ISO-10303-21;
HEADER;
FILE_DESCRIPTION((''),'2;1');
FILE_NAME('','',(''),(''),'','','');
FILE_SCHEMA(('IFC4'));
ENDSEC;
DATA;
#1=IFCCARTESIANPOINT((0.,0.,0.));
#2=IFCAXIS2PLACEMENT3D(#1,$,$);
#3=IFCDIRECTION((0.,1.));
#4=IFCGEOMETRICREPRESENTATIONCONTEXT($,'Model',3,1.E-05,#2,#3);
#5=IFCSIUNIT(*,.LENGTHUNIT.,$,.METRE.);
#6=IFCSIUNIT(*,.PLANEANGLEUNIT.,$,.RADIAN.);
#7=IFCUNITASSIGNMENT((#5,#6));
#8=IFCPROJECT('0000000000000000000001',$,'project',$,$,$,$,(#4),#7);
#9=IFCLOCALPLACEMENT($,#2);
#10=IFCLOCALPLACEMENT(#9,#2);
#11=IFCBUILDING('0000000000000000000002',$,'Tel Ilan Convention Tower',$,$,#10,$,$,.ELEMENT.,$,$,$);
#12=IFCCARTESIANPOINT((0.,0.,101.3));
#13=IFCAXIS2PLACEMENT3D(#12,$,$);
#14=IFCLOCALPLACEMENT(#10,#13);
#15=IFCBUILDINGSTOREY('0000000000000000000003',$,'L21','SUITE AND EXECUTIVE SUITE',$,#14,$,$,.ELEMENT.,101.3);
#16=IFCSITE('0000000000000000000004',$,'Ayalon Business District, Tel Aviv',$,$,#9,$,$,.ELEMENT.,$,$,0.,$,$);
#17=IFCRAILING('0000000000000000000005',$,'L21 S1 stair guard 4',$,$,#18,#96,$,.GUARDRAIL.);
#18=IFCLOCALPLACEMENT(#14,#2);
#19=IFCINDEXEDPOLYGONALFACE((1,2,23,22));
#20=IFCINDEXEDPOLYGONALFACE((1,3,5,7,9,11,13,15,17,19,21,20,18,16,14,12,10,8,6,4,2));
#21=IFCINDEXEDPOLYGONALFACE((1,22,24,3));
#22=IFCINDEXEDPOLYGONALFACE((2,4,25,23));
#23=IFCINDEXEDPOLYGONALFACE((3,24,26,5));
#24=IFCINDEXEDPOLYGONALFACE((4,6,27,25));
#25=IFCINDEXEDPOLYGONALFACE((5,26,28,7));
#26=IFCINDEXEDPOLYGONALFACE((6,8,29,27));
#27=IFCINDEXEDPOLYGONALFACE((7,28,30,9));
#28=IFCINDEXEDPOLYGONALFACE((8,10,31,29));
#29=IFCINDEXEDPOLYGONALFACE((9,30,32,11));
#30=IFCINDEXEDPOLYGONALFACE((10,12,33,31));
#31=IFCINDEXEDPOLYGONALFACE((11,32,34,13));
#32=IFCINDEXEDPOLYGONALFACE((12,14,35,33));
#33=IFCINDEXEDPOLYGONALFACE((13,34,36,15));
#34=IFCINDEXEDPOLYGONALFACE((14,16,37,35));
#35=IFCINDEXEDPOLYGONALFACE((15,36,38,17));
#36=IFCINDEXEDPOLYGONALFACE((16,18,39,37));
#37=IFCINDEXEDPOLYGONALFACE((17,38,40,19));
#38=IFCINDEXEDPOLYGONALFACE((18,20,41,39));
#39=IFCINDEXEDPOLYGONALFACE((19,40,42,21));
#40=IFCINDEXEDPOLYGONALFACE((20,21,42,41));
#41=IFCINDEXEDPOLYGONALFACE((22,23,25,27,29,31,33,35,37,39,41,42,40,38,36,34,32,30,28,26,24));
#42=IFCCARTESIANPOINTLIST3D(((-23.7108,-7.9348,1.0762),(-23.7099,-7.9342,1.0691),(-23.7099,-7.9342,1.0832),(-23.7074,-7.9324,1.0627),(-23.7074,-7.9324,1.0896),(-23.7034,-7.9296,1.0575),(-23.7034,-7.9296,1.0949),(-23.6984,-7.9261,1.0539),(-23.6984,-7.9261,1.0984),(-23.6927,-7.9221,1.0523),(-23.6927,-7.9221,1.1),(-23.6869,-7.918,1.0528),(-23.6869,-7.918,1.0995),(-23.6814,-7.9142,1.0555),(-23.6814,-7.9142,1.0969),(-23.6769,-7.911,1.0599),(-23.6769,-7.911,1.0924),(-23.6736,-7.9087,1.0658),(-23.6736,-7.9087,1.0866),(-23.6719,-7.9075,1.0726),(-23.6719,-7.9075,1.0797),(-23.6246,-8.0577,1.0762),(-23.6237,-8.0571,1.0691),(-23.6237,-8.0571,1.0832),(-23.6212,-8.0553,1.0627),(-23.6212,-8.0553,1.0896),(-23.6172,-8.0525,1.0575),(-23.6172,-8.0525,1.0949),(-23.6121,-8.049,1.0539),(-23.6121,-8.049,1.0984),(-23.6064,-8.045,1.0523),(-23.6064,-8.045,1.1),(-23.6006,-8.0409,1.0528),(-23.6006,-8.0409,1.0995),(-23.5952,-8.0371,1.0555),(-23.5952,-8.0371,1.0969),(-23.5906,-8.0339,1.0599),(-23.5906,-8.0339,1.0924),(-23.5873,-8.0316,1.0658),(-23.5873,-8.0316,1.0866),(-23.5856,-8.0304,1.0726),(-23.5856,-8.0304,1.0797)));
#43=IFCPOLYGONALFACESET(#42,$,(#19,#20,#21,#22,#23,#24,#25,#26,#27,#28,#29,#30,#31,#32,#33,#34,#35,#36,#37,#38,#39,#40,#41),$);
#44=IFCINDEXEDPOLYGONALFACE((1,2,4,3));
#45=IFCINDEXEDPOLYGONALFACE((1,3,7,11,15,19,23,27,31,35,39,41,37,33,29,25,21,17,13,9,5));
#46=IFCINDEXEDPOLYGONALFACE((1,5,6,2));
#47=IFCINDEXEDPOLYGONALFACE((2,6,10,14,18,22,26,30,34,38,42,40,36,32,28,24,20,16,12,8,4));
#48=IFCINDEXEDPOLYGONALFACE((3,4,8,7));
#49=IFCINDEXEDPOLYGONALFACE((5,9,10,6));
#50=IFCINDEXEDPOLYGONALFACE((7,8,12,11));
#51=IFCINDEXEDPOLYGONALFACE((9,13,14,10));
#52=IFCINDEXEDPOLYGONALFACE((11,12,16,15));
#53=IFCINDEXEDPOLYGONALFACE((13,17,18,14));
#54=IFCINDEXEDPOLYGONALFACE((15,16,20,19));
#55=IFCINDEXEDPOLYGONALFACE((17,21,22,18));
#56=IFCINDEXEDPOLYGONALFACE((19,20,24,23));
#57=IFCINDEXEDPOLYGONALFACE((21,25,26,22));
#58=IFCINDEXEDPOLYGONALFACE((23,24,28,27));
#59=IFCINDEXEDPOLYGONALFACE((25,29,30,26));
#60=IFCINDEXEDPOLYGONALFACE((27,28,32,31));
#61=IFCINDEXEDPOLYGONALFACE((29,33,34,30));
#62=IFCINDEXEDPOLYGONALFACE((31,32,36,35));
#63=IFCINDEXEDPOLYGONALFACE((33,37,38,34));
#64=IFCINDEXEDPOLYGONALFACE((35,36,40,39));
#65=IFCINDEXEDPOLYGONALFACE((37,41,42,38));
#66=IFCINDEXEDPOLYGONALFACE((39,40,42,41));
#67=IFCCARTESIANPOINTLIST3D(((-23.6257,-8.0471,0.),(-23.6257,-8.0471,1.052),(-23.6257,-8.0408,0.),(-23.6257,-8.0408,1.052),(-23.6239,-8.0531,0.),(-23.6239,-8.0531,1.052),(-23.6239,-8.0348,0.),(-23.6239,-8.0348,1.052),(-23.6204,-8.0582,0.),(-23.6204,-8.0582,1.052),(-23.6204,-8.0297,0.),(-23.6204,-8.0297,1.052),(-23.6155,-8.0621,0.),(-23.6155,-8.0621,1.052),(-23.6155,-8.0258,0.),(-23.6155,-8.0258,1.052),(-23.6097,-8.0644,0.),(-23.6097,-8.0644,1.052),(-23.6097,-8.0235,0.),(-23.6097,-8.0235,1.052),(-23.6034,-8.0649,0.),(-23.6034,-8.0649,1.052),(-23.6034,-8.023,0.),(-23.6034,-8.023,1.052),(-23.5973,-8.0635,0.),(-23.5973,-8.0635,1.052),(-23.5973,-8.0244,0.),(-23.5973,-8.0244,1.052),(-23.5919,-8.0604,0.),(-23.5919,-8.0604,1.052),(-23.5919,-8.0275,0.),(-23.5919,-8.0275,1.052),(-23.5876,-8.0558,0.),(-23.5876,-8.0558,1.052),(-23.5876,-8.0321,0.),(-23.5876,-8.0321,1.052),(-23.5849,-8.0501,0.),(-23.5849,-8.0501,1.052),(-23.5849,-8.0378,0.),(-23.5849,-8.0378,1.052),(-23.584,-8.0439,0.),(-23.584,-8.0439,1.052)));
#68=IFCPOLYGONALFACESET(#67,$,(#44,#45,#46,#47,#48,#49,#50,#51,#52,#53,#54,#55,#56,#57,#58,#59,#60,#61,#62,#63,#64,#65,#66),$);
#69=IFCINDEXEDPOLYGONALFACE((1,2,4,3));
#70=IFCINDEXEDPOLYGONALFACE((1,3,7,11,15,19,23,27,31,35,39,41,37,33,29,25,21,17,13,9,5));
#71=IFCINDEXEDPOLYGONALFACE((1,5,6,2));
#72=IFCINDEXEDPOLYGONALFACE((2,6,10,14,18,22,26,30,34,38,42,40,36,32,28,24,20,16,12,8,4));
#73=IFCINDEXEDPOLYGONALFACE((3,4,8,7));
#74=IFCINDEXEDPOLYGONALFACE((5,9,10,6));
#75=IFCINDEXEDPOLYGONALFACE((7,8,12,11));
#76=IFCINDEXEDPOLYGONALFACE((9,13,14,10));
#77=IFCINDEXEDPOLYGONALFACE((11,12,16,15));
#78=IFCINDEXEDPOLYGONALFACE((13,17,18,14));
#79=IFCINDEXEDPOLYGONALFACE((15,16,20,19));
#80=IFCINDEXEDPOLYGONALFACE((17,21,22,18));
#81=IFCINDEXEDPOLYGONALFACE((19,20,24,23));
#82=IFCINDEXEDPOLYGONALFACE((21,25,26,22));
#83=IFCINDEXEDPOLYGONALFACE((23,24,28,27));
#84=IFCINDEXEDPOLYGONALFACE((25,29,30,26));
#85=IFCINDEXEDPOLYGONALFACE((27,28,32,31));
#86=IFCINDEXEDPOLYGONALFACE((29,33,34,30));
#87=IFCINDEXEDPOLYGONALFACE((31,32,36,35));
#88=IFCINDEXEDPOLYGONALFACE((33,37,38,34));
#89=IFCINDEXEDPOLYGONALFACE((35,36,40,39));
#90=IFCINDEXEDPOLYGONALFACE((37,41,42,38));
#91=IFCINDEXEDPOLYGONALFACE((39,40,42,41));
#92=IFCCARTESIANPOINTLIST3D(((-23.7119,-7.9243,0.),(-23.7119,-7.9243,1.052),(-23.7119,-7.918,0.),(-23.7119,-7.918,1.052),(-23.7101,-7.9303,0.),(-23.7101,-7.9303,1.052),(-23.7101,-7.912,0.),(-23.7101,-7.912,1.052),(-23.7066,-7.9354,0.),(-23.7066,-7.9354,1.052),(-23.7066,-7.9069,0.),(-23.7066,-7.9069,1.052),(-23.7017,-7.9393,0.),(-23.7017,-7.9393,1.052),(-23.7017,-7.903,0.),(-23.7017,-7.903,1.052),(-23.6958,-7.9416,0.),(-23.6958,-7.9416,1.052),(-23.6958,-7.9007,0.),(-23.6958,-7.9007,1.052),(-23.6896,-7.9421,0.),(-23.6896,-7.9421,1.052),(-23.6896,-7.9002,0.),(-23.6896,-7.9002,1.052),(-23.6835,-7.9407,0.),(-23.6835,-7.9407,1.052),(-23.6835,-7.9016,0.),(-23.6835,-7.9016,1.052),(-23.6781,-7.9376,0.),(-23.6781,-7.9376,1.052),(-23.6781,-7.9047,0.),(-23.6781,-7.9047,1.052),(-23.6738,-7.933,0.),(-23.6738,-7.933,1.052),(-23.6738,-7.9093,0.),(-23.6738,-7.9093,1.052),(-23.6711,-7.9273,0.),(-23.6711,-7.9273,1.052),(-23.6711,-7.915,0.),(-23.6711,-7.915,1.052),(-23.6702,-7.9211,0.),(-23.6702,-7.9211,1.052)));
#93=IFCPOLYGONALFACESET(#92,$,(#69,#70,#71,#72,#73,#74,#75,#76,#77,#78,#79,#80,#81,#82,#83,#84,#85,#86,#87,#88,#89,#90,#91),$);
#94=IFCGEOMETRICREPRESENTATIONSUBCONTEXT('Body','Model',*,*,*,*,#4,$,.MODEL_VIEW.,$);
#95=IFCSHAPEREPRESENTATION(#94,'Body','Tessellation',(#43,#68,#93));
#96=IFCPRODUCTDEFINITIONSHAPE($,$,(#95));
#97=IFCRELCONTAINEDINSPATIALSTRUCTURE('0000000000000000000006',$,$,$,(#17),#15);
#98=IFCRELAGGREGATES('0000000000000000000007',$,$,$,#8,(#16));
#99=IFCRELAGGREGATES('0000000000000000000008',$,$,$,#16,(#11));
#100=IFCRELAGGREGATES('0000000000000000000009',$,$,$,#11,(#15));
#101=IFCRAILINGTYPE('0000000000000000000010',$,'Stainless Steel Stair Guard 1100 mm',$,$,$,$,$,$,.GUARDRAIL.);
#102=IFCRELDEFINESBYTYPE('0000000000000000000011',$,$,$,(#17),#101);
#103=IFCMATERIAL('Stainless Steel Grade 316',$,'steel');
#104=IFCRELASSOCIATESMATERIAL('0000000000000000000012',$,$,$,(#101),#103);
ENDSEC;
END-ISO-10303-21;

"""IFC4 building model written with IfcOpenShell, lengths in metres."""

from ifc_helpers import new_model, si_unit, direction, frame, origin, origin_2d, place, context, subcontext, project, spatial, circle, extrude, material, type_object, element, save


model = new_model("IFC4")

# Units and contexts
model_context = context("Model", 3, precision=1e-05, world=origin(), true_north=direction((0.0, 1.0)))
body_context = subcontext(model_context, "Body", "Model", "MODEL_VIEW")
ifc_project = project(units=[si_unit("LENGTHUNIT", "METRE"), si_unit("PLANEANGLEUNIT", "RADIAN")], contexts=[model_context])

# Site, building, storey
site_placement = place(None, origin())
site = spatial("IfcSite", under=ifc_project, at=site_placement, Name="Ayalon Business District, Tel Aviv", CompositionType="ELEMENT", RefElevation=0.0)
building_placement = place(site_placement, origin())
building = spatial("IfcBuilding", under=site, at=building_placement, Name="Tel Ilan Convention Tower", CompositionType="ELEMENT")
storey_placement = place(building_placement, frame((0.0, 0.0, 101.3)))
storey = spatial("IfcBuildingStorey", under=building, at=storey_placement, Name="L21", Description="SUITE AND EXECUTIVE SUITE", CompositionType="ELEMENT", Elevation=101.3)

# Railing
ifc_material_1 = material(Name="Stainless Steel Grade 316", Category="steel")
railing_type_1 = type_object("IfcRailingType", Name="Stainless Steel Stair Guard 1100 mm", PredefinedType="GUARDRAIL", material=ifc_material_1)
railing_1_placement = place(storey_placement, frame((-23.605, -8.0439, 0.0)))
element("IfcRailing", 1, at=railing_1_placement, inside=storey, type_object=railing_type_1, Name="L21 S1 stair guard 4", PredefinedType="GUARDRAIL", context=body_context, shape_type="SweptSolid", body=[
    extrude(circle(Radius=0.0239, at=origin_2d()), frame((0.0, 0.0, 1.0762), z_axis=(-0.574445, 0.818543, 0.0), x_axis=(-0.818543, -0.574445, 0.0)), (0.0, 0.0, 1.0), 0.1501),
    extrude(circle(Radius=0.021, at=origin_2d()), origin(), (0.0, 0.0, 1.0), 1.052),
    extrude(circle(Radius=0.021, at=origin_2d()), frame((-0.0862, 0.1228, 0.0)), (0.0, 0.0, 1.0), 1.052),
])

save(model, "model.ifc")
